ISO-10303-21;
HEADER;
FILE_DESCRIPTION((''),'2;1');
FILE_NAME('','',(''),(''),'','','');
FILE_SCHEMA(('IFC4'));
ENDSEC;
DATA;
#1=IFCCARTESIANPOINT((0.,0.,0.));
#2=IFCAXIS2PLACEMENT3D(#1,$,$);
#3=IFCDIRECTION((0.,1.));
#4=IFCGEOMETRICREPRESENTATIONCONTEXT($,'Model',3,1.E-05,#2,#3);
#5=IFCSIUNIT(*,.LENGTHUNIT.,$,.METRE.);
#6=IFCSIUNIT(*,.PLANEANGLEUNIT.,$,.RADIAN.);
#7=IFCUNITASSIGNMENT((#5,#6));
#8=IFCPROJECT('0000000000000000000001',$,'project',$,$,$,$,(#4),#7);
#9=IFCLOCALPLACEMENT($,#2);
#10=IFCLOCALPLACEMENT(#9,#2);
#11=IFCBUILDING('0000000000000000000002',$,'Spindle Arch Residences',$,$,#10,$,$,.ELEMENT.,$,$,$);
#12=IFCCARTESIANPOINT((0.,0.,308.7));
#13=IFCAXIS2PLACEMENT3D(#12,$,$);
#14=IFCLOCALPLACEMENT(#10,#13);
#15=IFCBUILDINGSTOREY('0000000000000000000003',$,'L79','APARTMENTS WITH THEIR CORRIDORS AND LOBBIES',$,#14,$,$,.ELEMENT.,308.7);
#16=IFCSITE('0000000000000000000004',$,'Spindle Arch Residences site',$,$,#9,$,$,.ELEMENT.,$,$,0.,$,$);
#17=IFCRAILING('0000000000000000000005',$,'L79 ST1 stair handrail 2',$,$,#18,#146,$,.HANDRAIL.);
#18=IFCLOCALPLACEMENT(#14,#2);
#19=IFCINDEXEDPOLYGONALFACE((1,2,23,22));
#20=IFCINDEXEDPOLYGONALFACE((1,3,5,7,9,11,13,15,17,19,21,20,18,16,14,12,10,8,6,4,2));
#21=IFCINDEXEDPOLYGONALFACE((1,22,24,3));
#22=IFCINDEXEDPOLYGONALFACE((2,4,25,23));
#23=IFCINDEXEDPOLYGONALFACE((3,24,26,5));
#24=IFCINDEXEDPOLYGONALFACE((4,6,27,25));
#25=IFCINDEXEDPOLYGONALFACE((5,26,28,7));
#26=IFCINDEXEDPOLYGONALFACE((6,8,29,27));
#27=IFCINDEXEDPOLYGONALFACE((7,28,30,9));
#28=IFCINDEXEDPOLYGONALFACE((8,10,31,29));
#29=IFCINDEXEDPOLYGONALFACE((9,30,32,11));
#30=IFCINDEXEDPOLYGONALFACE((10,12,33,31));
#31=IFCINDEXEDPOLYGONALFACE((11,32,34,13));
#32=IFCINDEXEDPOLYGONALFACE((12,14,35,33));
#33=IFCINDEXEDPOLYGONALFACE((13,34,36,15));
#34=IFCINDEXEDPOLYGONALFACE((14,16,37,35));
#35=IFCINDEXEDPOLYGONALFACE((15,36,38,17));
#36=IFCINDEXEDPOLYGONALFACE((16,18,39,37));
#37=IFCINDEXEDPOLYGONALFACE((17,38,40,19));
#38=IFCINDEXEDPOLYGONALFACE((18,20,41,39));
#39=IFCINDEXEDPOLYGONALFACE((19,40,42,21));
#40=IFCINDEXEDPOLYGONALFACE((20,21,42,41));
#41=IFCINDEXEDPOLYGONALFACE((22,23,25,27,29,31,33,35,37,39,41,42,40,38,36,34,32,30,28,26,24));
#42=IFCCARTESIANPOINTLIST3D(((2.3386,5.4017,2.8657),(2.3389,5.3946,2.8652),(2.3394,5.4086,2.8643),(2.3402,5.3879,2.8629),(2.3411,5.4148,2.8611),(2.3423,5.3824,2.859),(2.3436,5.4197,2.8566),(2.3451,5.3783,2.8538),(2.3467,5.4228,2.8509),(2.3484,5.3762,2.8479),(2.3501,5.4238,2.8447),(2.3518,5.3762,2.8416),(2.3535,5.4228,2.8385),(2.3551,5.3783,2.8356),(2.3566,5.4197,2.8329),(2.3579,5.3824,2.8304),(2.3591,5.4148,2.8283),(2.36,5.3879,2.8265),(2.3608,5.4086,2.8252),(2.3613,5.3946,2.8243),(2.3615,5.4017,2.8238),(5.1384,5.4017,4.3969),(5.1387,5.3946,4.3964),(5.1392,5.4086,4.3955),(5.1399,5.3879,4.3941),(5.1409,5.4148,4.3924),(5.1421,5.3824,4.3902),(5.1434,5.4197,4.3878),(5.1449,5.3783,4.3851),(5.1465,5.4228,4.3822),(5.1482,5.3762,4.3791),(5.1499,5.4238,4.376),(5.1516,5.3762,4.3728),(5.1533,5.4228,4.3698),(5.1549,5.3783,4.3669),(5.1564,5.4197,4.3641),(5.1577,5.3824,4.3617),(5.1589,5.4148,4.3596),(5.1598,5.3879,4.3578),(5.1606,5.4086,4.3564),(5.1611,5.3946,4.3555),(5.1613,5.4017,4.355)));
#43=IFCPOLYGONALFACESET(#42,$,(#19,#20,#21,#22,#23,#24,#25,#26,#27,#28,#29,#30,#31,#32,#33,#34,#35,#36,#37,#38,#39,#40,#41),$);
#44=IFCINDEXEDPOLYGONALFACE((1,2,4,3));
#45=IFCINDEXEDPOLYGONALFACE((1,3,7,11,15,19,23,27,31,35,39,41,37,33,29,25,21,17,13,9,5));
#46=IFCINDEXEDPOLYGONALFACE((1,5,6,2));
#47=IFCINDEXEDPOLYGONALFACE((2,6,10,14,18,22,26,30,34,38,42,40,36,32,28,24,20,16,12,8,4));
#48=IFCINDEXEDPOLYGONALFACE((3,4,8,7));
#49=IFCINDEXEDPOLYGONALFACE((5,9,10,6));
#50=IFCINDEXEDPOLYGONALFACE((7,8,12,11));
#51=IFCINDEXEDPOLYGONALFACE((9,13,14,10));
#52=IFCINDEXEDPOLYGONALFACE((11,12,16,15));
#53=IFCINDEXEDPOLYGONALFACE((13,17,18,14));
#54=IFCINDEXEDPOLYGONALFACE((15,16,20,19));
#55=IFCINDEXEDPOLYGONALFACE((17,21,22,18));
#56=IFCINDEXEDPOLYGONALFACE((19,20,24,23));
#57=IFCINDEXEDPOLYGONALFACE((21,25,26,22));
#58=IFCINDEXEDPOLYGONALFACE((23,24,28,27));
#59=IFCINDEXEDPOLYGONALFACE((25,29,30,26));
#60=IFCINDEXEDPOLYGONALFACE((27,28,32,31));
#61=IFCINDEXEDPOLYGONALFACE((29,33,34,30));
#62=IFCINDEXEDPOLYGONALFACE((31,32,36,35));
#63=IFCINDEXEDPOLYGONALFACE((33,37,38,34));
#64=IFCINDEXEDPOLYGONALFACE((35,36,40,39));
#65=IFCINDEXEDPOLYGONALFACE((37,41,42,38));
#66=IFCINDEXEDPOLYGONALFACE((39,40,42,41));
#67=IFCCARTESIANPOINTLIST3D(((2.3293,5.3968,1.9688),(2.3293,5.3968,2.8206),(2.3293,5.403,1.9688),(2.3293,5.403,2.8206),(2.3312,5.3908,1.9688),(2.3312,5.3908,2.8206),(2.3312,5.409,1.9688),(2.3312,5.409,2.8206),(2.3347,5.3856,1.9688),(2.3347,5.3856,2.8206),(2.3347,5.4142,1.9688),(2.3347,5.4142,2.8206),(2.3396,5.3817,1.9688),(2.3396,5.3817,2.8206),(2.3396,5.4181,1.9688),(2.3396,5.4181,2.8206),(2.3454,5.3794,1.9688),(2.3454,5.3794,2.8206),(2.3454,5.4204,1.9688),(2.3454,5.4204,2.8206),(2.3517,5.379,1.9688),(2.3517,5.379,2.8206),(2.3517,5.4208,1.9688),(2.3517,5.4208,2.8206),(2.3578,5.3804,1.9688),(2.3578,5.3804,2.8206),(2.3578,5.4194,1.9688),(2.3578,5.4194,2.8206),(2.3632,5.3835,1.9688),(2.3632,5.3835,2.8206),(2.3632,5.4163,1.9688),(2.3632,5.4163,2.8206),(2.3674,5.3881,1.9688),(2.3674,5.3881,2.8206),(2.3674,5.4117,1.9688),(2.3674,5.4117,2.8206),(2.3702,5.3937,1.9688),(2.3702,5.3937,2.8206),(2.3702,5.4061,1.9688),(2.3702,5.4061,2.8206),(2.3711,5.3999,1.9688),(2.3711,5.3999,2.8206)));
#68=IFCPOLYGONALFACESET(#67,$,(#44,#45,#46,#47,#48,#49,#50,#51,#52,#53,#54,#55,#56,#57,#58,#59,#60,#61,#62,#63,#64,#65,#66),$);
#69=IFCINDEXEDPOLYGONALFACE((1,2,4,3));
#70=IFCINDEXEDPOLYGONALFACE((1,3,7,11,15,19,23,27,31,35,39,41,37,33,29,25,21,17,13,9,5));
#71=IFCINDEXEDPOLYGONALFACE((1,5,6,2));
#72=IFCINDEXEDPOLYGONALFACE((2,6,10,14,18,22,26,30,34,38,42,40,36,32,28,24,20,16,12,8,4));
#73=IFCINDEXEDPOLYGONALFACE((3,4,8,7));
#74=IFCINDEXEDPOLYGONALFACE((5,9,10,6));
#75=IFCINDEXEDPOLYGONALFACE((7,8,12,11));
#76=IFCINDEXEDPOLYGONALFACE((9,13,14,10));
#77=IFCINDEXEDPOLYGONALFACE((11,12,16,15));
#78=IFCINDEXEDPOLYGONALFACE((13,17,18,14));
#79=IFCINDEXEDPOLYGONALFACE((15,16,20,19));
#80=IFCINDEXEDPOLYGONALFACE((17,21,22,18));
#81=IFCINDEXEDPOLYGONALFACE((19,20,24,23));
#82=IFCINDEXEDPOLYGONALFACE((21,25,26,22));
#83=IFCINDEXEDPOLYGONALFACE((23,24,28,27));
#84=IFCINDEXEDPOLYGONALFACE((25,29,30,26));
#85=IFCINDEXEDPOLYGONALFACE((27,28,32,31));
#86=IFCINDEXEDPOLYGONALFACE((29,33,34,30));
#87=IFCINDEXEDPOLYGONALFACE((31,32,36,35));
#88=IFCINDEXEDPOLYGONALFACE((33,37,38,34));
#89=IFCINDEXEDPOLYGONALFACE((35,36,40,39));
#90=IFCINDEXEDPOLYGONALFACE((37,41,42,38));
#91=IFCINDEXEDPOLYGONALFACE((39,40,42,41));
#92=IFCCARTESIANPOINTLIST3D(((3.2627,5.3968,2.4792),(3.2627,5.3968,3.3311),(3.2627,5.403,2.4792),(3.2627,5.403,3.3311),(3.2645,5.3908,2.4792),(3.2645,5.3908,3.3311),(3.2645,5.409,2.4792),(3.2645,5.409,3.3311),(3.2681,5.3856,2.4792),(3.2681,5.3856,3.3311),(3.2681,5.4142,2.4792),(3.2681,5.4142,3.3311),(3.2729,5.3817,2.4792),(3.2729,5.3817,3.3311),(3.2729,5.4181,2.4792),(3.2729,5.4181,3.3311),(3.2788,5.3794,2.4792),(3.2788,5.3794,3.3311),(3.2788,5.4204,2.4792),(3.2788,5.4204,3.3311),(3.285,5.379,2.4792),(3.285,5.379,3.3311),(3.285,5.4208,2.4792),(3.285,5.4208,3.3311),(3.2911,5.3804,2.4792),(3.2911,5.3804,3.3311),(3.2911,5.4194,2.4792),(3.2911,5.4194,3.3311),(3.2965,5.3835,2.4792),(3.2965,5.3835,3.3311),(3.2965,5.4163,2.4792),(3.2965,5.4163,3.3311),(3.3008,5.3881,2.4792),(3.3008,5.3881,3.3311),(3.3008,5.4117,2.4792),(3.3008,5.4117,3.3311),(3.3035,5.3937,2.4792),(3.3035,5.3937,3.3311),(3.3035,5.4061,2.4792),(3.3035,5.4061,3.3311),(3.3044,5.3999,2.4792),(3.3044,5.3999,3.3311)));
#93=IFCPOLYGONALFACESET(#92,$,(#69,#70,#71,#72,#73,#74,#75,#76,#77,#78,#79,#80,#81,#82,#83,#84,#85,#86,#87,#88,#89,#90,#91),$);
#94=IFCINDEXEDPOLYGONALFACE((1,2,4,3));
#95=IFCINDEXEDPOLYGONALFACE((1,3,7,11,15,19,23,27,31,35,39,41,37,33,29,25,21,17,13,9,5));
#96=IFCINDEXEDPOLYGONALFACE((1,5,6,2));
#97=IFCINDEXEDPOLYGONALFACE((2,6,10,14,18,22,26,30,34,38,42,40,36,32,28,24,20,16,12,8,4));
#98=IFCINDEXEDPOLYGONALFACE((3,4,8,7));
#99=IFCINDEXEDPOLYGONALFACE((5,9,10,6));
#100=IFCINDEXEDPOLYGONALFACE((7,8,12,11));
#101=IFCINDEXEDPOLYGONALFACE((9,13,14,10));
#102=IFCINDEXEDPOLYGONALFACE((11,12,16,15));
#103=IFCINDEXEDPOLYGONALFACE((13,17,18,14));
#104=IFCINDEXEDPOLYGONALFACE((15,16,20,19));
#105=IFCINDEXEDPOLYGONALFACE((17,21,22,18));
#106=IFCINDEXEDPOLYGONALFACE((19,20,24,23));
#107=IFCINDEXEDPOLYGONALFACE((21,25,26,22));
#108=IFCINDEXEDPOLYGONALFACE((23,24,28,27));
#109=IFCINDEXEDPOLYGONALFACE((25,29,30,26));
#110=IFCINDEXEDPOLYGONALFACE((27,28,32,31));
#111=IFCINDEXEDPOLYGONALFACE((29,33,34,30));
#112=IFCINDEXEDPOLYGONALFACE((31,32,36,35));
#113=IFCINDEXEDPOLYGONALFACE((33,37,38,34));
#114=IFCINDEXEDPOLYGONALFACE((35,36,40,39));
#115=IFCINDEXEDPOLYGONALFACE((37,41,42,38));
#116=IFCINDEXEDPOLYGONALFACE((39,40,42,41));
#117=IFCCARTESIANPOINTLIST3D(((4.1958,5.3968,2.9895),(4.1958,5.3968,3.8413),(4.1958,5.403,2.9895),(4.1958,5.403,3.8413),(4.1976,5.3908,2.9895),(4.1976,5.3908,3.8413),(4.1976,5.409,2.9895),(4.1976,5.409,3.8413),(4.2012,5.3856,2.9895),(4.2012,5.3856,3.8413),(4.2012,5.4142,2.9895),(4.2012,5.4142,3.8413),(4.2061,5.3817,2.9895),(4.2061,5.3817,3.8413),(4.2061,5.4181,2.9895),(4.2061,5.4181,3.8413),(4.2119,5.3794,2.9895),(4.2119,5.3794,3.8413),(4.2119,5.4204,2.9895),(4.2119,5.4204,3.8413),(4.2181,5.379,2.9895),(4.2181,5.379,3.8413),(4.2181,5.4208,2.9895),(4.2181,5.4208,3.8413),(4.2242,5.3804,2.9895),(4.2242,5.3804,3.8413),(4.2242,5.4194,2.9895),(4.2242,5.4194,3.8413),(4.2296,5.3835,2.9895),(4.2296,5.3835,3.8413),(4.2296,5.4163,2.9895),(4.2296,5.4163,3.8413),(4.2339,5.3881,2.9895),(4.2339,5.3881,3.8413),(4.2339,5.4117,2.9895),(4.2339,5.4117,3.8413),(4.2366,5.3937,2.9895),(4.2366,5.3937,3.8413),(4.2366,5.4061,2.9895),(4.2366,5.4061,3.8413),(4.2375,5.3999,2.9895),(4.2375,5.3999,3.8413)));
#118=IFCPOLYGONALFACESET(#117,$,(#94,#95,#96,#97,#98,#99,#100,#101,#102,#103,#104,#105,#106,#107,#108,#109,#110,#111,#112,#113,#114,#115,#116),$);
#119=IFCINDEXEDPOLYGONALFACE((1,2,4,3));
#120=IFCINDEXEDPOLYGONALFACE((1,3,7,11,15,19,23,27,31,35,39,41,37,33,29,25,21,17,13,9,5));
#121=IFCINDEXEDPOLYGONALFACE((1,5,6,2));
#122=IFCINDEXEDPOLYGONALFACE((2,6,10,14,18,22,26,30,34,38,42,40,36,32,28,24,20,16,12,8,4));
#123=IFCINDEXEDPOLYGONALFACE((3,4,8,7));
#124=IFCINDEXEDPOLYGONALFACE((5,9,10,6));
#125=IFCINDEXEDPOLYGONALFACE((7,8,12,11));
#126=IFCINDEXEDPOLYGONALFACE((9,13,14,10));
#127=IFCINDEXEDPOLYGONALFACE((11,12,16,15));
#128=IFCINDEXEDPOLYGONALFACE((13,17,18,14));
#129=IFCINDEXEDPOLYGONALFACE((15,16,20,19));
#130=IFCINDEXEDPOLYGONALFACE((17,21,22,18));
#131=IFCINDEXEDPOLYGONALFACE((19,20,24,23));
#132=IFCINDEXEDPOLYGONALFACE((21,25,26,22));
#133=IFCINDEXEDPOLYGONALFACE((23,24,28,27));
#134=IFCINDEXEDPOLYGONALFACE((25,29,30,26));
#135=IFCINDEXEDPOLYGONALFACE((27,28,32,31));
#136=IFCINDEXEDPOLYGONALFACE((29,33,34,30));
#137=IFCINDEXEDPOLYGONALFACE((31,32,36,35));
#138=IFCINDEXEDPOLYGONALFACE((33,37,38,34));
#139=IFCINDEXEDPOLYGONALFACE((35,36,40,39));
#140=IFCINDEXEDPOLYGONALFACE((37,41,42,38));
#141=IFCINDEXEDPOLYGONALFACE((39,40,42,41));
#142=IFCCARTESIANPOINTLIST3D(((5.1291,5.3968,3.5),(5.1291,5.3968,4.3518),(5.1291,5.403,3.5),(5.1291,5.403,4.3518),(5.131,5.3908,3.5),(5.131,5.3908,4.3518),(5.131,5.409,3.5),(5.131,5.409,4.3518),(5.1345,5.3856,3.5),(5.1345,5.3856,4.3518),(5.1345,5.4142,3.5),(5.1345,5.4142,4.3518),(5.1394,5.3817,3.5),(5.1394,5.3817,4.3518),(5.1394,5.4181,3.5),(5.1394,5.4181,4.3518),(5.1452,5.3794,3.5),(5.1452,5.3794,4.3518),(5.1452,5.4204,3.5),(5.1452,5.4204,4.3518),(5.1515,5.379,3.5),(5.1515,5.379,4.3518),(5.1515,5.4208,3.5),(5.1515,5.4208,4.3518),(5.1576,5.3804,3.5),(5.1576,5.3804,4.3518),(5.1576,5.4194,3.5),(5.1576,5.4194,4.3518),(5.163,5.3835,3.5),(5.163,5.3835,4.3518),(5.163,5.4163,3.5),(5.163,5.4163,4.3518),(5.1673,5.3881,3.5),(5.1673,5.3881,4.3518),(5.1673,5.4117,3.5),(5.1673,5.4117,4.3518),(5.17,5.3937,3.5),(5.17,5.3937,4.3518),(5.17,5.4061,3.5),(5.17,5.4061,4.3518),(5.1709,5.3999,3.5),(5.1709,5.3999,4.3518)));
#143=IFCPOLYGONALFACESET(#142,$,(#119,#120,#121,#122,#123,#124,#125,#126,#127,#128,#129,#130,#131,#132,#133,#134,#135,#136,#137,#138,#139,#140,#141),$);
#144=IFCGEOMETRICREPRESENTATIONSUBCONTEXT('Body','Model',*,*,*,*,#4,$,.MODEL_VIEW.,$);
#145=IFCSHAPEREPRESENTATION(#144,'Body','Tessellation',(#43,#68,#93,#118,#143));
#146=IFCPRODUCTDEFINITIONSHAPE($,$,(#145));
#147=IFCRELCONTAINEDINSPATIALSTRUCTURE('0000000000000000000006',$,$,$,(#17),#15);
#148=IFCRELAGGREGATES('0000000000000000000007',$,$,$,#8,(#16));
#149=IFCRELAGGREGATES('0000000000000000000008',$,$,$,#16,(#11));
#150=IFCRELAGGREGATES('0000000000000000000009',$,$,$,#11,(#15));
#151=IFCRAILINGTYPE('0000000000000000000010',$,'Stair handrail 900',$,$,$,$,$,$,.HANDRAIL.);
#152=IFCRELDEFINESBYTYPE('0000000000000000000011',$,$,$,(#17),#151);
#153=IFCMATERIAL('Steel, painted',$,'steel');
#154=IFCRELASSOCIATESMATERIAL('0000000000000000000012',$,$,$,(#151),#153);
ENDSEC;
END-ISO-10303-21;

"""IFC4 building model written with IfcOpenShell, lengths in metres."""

from ifc_helpers import new_model, si_unit, direction, frame, origin, origin_2d, place, context, subcontext, project, spatial, circle, extrude, material, type_object, element, save


model = new_model("IFC4")

# Units and contexts
model_context = context("Model", 3, precision=1e-05, world=origin(), true_north=direction((0.0, 1.0)))
body_context = subcontext(model_context, "Body", "Model", "MODEL_VIEW")
ifc_project = project(units=[si_unit("LENGTHUNIT", "METRE"), si_unit("PLANEANGLEUNIT", "RADIAN")], contexts=[model_context])

# Site, building, storey
site_placement = place(None, origin())
site = spatial("IfcSite", under=ifc_project, at=site_placement, Name="Spindle Arch Residences site", CompositionType="ELEMENT", RefElevation=0.0)
building_placement = place(site_placement, origin())
building = spatial("IfcBuilding", under=site, at=building_placement, Name="Spindle Arch Residences", CompositionType="ELEMENT")
storey_placement = place(building_placement, frame((0.0, 0.0, 308.7)))
storey = spatial("IfcBuildingStorey", under=building, at=storey_placement, Name="L79", Description="APARTMENTS WITH THEIR CORRIDORS AND LOBBIES", CompositionType="ELEMENT", Elevation=308.7)

# Railing
ifc_material_1 = material(Name="Steel, painted", Category="steel")
railing_type_1 = type_object("IfcRailingType", Name="Stair handrail 900", PredefinedType="HANDRAIL", material=ifc_material_1)
railing_1_placement = place(storey_placement, frame((2.3501, 5.3999, 1.9688)))
element("IfcRailing", 1, at=railing_1_placement, inside=storey, type_object=railing_type_1, Name="L79 ST1 stair handrail 2", PredefinedType="HANDRAIL", context=body_context, shape_type="SweptSolid", body=[
    extrude(circle(Radius=0.0239, at=origin_2d()), frame((0.0, 0.0, 0.876), z_axis=(0.877357, 0.0, 0.479838), x_axis=(0.0, 1.0, 0.0)), (0.0, 0.0, 1.0), 3.1912),
    extrude(circle(Radius=0.021, at=origin_2d()), origin(), (0.0, 0.0, 1.0), 0.8518),
    extrude(circle(Radius=0.021, at=origin_2d()), frame((0.9333, 0.0, 0.5105)), (0.0, 0.0, 1.0), 0.8518),
    extrude(circle(Radius=0.021, at=origin_2d()), frame((1.8665, 0.0, 1.0208)), (0.0, 0.0, 1.0), 0.8518),
    extrude(circle(Radius=0.021, at=origin_2d()), frame((2.7998, 0.0, 1.5312)), (0.0, 0.0, 1.0), 0.8518),
])

save(model, "model.ifc")
